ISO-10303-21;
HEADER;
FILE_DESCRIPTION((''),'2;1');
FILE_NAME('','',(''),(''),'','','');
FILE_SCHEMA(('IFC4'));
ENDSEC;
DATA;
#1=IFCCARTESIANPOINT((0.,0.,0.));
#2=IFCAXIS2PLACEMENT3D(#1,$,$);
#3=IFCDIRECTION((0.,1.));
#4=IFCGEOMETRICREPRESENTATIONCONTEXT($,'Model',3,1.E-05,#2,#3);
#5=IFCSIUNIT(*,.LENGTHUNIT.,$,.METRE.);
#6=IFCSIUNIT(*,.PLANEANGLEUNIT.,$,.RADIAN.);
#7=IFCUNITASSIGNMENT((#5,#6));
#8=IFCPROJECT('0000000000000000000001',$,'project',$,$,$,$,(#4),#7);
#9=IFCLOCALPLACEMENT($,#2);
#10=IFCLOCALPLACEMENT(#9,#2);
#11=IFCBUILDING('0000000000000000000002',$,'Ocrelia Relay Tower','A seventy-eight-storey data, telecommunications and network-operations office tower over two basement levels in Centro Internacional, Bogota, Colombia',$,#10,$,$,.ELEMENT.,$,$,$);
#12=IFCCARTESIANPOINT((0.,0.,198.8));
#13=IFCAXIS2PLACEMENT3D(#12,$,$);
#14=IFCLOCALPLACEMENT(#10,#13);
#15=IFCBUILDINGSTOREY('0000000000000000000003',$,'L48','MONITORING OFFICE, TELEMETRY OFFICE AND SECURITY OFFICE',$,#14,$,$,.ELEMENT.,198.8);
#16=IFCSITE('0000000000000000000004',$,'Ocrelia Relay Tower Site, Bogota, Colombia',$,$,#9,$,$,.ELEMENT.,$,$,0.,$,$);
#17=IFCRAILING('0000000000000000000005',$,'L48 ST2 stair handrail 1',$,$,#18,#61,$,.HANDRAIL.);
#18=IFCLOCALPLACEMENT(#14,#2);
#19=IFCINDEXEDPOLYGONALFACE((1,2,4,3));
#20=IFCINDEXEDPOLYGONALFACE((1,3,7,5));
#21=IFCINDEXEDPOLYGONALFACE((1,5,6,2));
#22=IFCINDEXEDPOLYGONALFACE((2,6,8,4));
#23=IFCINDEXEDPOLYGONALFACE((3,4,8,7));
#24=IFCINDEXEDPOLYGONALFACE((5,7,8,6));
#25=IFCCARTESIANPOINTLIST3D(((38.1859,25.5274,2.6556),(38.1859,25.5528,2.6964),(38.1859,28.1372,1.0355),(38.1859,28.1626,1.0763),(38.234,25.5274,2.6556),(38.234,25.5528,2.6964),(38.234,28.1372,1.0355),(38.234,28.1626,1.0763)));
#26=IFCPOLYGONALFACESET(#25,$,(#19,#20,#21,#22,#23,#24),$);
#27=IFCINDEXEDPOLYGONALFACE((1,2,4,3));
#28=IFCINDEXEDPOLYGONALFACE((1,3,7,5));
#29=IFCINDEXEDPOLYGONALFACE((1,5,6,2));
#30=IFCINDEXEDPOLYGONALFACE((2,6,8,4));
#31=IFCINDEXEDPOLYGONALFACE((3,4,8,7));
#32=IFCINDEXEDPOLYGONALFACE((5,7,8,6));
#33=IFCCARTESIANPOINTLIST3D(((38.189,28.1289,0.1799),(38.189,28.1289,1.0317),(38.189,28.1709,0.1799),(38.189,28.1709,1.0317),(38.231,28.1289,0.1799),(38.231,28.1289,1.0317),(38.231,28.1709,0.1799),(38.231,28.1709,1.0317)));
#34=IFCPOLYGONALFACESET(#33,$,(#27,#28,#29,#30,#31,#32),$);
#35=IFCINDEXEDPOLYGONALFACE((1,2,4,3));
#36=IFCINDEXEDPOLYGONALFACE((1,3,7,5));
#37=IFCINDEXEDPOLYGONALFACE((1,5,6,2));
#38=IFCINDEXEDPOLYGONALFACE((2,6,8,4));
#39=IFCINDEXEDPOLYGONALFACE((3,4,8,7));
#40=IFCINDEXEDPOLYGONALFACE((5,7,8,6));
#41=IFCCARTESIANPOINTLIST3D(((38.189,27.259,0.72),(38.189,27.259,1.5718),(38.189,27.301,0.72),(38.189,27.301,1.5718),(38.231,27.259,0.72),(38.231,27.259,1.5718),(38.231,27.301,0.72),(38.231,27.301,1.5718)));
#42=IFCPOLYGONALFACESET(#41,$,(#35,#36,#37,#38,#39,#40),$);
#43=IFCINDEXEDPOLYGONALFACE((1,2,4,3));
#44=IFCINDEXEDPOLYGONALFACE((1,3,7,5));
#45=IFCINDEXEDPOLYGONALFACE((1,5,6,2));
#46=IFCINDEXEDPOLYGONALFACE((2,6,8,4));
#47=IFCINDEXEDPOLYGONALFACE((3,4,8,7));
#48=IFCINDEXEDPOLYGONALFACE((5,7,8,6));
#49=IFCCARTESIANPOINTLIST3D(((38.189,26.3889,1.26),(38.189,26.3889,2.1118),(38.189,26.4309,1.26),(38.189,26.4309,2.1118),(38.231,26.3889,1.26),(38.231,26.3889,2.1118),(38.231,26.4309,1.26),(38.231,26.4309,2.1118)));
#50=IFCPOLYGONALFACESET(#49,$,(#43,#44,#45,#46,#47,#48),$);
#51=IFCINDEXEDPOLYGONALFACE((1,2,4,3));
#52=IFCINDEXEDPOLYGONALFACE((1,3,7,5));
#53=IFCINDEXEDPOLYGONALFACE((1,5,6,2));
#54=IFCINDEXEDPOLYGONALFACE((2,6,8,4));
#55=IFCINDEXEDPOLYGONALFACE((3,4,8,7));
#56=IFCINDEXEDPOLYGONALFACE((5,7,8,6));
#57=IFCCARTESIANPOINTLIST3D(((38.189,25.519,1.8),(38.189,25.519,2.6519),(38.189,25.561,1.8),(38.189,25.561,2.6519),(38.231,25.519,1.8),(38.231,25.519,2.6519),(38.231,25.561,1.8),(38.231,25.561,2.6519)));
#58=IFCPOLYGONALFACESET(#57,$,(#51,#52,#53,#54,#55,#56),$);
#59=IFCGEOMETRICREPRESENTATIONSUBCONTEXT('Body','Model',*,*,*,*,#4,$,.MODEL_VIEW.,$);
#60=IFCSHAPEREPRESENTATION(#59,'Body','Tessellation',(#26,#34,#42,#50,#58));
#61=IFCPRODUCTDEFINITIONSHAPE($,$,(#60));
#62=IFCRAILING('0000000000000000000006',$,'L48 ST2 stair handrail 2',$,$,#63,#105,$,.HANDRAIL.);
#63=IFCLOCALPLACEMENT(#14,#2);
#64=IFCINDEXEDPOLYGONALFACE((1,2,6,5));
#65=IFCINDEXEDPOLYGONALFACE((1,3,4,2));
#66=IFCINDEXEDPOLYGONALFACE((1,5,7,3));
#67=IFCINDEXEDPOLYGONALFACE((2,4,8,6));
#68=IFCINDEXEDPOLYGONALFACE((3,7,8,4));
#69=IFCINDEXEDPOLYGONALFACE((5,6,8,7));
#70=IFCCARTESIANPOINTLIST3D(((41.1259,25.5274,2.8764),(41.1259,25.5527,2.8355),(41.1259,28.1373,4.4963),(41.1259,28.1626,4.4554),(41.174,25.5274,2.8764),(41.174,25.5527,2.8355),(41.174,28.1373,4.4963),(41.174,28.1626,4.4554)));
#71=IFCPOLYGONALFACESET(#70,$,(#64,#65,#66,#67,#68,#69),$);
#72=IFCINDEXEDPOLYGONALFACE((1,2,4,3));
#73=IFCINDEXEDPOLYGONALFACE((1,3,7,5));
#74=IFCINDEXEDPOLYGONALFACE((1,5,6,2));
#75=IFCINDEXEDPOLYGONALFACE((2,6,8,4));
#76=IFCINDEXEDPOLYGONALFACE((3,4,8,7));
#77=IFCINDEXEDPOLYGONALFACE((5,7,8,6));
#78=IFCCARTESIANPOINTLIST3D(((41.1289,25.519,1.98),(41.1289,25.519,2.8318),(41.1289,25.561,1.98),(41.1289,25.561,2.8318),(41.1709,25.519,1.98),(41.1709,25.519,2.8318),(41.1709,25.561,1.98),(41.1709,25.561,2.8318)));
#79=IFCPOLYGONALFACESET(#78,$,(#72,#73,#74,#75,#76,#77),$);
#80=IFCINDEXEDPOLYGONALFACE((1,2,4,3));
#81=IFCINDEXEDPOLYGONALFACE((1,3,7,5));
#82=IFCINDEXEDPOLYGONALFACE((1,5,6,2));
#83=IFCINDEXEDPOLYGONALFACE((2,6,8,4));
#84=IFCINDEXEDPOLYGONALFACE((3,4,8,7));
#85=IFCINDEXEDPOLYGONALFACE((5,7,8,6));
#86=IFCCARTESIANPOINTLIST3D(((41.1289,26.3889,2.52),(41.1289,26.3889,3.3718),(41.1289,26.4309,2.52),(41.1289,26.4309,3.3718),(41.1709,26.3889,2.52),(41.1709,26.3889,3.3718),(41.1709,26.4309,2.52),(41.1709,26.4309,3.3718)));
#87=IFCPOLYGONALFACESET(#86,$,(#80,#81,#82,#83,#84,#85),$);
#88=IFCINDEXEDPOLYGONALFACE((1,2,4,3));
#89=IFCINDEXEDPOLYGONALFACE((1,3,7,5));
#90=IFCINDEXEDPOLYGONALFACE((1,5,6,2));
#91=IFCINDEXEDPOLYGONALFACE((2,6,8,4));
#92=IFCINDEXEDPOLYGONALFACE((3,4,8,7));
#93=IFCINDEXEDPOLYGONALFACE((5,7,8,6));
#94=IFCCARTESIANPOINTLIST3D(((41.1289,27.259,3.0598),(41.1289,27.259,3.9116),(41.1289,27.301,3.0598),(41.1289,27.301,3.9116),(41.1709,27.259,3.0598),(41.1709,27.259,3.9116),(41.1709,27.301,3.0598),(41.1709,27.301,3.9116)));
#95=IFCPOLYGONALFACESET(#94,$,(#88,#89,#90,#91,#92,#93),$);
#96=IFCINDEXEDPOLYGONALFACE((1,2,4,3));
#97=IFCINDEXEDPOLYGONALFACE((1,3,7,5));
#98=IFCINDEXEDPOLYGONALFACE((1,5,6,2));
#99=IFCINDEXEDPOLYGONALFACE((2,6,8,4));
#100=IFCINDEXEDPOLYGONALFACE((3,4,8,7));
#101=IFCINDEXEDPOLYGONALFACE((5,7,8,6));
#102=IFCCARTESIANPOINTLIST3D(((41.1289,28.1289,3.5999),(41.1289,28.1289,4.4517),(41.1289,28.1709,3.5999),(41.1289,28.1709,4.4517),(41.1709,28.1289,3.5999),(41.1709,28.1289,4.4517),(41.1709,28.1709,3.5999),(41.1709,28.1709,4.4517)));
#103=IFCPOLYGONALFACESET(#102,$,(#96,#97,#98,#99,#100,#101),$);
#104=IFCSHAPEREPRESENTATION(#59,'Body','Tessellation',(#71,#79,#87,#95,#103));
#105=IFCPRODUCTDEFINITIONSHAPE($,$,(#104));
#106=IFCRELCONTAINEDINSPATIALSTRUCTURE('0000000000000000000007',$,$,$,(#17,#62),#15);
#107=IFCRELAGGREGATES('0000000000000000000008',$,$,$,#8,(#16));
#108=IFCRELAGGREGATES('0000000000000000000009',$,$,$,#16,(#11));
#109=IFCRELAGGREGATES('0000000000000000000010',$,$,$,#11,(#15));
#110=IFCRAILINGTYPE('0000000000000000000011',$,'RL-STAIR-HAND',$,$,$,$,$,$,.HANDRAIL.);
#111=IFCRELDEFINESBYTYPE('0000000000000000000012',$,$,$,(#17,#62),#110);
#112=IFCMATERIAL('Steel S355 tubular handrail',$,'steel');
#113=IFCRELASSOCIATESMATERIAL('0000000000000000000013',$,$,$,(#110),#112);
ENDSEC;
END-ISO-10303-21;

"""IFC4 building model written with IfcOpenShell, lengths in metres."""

from ifc_helpers import new_model, si_unit, direction, frame, origin, origin_2d, place, context, subcontext, project, spatial, rectangle, extrude, material, type_object, element, save


model = new_model("IFC4")

# Units and contexts
model_context = context("Model", 3, precision=1e-05, world=origin(), true_north=direction((0.0, 1.0)))
body_context = subcontext(model_context, "Body", "Model", "MODEL_VIEW")
ifc_project = project(units=[si_unit("LENGTHUNIT", "METRE"), si_unit("PLANEANGLEUNIT", "RADIAN")], contexts=[model_context])

# Site, building, storey
site_placement = place(None, origin())
site = spatial("IfcSite", under=ifc_project, at=site_placement, Name="Ocrelia Relay Tower Site, Bogota, Colombia", CompositionType="ELEMENT", RefElevation=0.0)
building_placement = place(site_placement, origin())
building = spatial("IfcBuilding", under=site, at=building_placement, Name="Ocrelia Relay Tower", Description="A seventy-eight-storey data, telecommunications and network-operations office tower over two basement levels in Centro Internacional, Bogota, Colombia", CompositionType="ELEMENT")
storey_placement = place(building_placement, frame((0.0, 0.0, 198.8)))
storey = spatial("IfcBuildingStorey", under=building, at=storey_placement, Name="L48", Description="MONITORING OFFICE, TELEMETRY OFFICE AND SECURITY OFFICE", CompositionType="ELEMENT", Elevation=198.8)

# Railings
ifc_material_1 = material(Name="Steel S355 tubular handrail", Category="steel")
railing_type_1 = type_object("IfcRailingType", Name="RL-STAIR-HAND", PredefinedType="HANDRAIL", material=ifc_material_1)
railing_1_placement = place(storey_placement, frame((38.21, 28.1499, 0.1799)))
element("IfcRailing", 1, at=railing_1_placement, inside=storey, type_object=railing_type_1, Name="L48 ST2 stair handrail 1", PredefinedType="HANDRAIL", context=body_context, shape_type="SweptSolid", body=[
    extrude(rectangle(XDim=0.0481, YDim=0.0481, at=origin_2d()), frame((0.0, 0.0, 0.876), z_axis=(0.0, -0.849611, 0.52741), x_axis=(1.0, 0.0, 0.0)), (0.0, 0.0, 1.0), 3.0718),
    extrude(rectangle(XDim=0.042, YDim=0.042, at=origin_2d()), origin(), (0.0, 0.0, 1.0), 0.8518),
    extrude(rectangle(XDim=0.042, YDim=0.042, at=origin_2d()), frame((0.0, -0.8699, 0.54)), (0.0, 0.0, 1.0), 0.8518),
    extrude(rectangle(XDim=0.042, YDim=0.042, at=origin_2d()), frame((0.0, -1.74, 1.0801)), (0.0, 0.0, 1.0), 0.8518),
    extrude(rectangle(XDim=0.042, YDim=0.042, at=origin_2d()), frame((0.0, -2.6099, 1.6201)), (0.0, 0.0, 1.0), 0.8518),
])
railing_2_placement = place(storey_placement, frame((41.1499, 25.54, 1.98)))
element("IfcRailing", 2, at=railing_2_placement, inside=storey, type_object=railing_type_1, Name="L48 ST2 stair handrail 2", PredefinedType="HANDRAIL", context=body_context, shape_type="SweptSolid", body=[
    extrude(rectangle(XDim=0.0481, YDim=0.0481, at=origin_2d()), frame((0.0, 0.0, 0.876), z_axis=(0.0, 0.849646, 0.527353), x_axis=(-1.0, 0.0, 0.0)), (0.0, 0.0, 1.0), 3.0718),
    extrude(rectangle(XDim=0.042, YDim=0.042, at=origin_2d()), origin(), (0.0, 0.0, 1.0), 0.8518),
    extrude(rectangle(XDim=0.042, YDim=0.042, at=origin_2d()), frame((0.0, 0.8699, 0.54)), (0.0, 0.0, 1.0), 0.8518),
    extrude(rectangle(XDim=0.042, YDim=0.042, at=origin_2d()), frame((0.0, 1.74, 1.0798)), (0.0, 0.0, 1.0), 0.8518),
    extrude(rectangle(XDim=0.042, YDim=0.042, at=origin_2d()), frame((0.0, 2.6099, 1.6199)), (0.0, 0.0, 1.0), 0.8518),
])

save(model, "model.ifc")
